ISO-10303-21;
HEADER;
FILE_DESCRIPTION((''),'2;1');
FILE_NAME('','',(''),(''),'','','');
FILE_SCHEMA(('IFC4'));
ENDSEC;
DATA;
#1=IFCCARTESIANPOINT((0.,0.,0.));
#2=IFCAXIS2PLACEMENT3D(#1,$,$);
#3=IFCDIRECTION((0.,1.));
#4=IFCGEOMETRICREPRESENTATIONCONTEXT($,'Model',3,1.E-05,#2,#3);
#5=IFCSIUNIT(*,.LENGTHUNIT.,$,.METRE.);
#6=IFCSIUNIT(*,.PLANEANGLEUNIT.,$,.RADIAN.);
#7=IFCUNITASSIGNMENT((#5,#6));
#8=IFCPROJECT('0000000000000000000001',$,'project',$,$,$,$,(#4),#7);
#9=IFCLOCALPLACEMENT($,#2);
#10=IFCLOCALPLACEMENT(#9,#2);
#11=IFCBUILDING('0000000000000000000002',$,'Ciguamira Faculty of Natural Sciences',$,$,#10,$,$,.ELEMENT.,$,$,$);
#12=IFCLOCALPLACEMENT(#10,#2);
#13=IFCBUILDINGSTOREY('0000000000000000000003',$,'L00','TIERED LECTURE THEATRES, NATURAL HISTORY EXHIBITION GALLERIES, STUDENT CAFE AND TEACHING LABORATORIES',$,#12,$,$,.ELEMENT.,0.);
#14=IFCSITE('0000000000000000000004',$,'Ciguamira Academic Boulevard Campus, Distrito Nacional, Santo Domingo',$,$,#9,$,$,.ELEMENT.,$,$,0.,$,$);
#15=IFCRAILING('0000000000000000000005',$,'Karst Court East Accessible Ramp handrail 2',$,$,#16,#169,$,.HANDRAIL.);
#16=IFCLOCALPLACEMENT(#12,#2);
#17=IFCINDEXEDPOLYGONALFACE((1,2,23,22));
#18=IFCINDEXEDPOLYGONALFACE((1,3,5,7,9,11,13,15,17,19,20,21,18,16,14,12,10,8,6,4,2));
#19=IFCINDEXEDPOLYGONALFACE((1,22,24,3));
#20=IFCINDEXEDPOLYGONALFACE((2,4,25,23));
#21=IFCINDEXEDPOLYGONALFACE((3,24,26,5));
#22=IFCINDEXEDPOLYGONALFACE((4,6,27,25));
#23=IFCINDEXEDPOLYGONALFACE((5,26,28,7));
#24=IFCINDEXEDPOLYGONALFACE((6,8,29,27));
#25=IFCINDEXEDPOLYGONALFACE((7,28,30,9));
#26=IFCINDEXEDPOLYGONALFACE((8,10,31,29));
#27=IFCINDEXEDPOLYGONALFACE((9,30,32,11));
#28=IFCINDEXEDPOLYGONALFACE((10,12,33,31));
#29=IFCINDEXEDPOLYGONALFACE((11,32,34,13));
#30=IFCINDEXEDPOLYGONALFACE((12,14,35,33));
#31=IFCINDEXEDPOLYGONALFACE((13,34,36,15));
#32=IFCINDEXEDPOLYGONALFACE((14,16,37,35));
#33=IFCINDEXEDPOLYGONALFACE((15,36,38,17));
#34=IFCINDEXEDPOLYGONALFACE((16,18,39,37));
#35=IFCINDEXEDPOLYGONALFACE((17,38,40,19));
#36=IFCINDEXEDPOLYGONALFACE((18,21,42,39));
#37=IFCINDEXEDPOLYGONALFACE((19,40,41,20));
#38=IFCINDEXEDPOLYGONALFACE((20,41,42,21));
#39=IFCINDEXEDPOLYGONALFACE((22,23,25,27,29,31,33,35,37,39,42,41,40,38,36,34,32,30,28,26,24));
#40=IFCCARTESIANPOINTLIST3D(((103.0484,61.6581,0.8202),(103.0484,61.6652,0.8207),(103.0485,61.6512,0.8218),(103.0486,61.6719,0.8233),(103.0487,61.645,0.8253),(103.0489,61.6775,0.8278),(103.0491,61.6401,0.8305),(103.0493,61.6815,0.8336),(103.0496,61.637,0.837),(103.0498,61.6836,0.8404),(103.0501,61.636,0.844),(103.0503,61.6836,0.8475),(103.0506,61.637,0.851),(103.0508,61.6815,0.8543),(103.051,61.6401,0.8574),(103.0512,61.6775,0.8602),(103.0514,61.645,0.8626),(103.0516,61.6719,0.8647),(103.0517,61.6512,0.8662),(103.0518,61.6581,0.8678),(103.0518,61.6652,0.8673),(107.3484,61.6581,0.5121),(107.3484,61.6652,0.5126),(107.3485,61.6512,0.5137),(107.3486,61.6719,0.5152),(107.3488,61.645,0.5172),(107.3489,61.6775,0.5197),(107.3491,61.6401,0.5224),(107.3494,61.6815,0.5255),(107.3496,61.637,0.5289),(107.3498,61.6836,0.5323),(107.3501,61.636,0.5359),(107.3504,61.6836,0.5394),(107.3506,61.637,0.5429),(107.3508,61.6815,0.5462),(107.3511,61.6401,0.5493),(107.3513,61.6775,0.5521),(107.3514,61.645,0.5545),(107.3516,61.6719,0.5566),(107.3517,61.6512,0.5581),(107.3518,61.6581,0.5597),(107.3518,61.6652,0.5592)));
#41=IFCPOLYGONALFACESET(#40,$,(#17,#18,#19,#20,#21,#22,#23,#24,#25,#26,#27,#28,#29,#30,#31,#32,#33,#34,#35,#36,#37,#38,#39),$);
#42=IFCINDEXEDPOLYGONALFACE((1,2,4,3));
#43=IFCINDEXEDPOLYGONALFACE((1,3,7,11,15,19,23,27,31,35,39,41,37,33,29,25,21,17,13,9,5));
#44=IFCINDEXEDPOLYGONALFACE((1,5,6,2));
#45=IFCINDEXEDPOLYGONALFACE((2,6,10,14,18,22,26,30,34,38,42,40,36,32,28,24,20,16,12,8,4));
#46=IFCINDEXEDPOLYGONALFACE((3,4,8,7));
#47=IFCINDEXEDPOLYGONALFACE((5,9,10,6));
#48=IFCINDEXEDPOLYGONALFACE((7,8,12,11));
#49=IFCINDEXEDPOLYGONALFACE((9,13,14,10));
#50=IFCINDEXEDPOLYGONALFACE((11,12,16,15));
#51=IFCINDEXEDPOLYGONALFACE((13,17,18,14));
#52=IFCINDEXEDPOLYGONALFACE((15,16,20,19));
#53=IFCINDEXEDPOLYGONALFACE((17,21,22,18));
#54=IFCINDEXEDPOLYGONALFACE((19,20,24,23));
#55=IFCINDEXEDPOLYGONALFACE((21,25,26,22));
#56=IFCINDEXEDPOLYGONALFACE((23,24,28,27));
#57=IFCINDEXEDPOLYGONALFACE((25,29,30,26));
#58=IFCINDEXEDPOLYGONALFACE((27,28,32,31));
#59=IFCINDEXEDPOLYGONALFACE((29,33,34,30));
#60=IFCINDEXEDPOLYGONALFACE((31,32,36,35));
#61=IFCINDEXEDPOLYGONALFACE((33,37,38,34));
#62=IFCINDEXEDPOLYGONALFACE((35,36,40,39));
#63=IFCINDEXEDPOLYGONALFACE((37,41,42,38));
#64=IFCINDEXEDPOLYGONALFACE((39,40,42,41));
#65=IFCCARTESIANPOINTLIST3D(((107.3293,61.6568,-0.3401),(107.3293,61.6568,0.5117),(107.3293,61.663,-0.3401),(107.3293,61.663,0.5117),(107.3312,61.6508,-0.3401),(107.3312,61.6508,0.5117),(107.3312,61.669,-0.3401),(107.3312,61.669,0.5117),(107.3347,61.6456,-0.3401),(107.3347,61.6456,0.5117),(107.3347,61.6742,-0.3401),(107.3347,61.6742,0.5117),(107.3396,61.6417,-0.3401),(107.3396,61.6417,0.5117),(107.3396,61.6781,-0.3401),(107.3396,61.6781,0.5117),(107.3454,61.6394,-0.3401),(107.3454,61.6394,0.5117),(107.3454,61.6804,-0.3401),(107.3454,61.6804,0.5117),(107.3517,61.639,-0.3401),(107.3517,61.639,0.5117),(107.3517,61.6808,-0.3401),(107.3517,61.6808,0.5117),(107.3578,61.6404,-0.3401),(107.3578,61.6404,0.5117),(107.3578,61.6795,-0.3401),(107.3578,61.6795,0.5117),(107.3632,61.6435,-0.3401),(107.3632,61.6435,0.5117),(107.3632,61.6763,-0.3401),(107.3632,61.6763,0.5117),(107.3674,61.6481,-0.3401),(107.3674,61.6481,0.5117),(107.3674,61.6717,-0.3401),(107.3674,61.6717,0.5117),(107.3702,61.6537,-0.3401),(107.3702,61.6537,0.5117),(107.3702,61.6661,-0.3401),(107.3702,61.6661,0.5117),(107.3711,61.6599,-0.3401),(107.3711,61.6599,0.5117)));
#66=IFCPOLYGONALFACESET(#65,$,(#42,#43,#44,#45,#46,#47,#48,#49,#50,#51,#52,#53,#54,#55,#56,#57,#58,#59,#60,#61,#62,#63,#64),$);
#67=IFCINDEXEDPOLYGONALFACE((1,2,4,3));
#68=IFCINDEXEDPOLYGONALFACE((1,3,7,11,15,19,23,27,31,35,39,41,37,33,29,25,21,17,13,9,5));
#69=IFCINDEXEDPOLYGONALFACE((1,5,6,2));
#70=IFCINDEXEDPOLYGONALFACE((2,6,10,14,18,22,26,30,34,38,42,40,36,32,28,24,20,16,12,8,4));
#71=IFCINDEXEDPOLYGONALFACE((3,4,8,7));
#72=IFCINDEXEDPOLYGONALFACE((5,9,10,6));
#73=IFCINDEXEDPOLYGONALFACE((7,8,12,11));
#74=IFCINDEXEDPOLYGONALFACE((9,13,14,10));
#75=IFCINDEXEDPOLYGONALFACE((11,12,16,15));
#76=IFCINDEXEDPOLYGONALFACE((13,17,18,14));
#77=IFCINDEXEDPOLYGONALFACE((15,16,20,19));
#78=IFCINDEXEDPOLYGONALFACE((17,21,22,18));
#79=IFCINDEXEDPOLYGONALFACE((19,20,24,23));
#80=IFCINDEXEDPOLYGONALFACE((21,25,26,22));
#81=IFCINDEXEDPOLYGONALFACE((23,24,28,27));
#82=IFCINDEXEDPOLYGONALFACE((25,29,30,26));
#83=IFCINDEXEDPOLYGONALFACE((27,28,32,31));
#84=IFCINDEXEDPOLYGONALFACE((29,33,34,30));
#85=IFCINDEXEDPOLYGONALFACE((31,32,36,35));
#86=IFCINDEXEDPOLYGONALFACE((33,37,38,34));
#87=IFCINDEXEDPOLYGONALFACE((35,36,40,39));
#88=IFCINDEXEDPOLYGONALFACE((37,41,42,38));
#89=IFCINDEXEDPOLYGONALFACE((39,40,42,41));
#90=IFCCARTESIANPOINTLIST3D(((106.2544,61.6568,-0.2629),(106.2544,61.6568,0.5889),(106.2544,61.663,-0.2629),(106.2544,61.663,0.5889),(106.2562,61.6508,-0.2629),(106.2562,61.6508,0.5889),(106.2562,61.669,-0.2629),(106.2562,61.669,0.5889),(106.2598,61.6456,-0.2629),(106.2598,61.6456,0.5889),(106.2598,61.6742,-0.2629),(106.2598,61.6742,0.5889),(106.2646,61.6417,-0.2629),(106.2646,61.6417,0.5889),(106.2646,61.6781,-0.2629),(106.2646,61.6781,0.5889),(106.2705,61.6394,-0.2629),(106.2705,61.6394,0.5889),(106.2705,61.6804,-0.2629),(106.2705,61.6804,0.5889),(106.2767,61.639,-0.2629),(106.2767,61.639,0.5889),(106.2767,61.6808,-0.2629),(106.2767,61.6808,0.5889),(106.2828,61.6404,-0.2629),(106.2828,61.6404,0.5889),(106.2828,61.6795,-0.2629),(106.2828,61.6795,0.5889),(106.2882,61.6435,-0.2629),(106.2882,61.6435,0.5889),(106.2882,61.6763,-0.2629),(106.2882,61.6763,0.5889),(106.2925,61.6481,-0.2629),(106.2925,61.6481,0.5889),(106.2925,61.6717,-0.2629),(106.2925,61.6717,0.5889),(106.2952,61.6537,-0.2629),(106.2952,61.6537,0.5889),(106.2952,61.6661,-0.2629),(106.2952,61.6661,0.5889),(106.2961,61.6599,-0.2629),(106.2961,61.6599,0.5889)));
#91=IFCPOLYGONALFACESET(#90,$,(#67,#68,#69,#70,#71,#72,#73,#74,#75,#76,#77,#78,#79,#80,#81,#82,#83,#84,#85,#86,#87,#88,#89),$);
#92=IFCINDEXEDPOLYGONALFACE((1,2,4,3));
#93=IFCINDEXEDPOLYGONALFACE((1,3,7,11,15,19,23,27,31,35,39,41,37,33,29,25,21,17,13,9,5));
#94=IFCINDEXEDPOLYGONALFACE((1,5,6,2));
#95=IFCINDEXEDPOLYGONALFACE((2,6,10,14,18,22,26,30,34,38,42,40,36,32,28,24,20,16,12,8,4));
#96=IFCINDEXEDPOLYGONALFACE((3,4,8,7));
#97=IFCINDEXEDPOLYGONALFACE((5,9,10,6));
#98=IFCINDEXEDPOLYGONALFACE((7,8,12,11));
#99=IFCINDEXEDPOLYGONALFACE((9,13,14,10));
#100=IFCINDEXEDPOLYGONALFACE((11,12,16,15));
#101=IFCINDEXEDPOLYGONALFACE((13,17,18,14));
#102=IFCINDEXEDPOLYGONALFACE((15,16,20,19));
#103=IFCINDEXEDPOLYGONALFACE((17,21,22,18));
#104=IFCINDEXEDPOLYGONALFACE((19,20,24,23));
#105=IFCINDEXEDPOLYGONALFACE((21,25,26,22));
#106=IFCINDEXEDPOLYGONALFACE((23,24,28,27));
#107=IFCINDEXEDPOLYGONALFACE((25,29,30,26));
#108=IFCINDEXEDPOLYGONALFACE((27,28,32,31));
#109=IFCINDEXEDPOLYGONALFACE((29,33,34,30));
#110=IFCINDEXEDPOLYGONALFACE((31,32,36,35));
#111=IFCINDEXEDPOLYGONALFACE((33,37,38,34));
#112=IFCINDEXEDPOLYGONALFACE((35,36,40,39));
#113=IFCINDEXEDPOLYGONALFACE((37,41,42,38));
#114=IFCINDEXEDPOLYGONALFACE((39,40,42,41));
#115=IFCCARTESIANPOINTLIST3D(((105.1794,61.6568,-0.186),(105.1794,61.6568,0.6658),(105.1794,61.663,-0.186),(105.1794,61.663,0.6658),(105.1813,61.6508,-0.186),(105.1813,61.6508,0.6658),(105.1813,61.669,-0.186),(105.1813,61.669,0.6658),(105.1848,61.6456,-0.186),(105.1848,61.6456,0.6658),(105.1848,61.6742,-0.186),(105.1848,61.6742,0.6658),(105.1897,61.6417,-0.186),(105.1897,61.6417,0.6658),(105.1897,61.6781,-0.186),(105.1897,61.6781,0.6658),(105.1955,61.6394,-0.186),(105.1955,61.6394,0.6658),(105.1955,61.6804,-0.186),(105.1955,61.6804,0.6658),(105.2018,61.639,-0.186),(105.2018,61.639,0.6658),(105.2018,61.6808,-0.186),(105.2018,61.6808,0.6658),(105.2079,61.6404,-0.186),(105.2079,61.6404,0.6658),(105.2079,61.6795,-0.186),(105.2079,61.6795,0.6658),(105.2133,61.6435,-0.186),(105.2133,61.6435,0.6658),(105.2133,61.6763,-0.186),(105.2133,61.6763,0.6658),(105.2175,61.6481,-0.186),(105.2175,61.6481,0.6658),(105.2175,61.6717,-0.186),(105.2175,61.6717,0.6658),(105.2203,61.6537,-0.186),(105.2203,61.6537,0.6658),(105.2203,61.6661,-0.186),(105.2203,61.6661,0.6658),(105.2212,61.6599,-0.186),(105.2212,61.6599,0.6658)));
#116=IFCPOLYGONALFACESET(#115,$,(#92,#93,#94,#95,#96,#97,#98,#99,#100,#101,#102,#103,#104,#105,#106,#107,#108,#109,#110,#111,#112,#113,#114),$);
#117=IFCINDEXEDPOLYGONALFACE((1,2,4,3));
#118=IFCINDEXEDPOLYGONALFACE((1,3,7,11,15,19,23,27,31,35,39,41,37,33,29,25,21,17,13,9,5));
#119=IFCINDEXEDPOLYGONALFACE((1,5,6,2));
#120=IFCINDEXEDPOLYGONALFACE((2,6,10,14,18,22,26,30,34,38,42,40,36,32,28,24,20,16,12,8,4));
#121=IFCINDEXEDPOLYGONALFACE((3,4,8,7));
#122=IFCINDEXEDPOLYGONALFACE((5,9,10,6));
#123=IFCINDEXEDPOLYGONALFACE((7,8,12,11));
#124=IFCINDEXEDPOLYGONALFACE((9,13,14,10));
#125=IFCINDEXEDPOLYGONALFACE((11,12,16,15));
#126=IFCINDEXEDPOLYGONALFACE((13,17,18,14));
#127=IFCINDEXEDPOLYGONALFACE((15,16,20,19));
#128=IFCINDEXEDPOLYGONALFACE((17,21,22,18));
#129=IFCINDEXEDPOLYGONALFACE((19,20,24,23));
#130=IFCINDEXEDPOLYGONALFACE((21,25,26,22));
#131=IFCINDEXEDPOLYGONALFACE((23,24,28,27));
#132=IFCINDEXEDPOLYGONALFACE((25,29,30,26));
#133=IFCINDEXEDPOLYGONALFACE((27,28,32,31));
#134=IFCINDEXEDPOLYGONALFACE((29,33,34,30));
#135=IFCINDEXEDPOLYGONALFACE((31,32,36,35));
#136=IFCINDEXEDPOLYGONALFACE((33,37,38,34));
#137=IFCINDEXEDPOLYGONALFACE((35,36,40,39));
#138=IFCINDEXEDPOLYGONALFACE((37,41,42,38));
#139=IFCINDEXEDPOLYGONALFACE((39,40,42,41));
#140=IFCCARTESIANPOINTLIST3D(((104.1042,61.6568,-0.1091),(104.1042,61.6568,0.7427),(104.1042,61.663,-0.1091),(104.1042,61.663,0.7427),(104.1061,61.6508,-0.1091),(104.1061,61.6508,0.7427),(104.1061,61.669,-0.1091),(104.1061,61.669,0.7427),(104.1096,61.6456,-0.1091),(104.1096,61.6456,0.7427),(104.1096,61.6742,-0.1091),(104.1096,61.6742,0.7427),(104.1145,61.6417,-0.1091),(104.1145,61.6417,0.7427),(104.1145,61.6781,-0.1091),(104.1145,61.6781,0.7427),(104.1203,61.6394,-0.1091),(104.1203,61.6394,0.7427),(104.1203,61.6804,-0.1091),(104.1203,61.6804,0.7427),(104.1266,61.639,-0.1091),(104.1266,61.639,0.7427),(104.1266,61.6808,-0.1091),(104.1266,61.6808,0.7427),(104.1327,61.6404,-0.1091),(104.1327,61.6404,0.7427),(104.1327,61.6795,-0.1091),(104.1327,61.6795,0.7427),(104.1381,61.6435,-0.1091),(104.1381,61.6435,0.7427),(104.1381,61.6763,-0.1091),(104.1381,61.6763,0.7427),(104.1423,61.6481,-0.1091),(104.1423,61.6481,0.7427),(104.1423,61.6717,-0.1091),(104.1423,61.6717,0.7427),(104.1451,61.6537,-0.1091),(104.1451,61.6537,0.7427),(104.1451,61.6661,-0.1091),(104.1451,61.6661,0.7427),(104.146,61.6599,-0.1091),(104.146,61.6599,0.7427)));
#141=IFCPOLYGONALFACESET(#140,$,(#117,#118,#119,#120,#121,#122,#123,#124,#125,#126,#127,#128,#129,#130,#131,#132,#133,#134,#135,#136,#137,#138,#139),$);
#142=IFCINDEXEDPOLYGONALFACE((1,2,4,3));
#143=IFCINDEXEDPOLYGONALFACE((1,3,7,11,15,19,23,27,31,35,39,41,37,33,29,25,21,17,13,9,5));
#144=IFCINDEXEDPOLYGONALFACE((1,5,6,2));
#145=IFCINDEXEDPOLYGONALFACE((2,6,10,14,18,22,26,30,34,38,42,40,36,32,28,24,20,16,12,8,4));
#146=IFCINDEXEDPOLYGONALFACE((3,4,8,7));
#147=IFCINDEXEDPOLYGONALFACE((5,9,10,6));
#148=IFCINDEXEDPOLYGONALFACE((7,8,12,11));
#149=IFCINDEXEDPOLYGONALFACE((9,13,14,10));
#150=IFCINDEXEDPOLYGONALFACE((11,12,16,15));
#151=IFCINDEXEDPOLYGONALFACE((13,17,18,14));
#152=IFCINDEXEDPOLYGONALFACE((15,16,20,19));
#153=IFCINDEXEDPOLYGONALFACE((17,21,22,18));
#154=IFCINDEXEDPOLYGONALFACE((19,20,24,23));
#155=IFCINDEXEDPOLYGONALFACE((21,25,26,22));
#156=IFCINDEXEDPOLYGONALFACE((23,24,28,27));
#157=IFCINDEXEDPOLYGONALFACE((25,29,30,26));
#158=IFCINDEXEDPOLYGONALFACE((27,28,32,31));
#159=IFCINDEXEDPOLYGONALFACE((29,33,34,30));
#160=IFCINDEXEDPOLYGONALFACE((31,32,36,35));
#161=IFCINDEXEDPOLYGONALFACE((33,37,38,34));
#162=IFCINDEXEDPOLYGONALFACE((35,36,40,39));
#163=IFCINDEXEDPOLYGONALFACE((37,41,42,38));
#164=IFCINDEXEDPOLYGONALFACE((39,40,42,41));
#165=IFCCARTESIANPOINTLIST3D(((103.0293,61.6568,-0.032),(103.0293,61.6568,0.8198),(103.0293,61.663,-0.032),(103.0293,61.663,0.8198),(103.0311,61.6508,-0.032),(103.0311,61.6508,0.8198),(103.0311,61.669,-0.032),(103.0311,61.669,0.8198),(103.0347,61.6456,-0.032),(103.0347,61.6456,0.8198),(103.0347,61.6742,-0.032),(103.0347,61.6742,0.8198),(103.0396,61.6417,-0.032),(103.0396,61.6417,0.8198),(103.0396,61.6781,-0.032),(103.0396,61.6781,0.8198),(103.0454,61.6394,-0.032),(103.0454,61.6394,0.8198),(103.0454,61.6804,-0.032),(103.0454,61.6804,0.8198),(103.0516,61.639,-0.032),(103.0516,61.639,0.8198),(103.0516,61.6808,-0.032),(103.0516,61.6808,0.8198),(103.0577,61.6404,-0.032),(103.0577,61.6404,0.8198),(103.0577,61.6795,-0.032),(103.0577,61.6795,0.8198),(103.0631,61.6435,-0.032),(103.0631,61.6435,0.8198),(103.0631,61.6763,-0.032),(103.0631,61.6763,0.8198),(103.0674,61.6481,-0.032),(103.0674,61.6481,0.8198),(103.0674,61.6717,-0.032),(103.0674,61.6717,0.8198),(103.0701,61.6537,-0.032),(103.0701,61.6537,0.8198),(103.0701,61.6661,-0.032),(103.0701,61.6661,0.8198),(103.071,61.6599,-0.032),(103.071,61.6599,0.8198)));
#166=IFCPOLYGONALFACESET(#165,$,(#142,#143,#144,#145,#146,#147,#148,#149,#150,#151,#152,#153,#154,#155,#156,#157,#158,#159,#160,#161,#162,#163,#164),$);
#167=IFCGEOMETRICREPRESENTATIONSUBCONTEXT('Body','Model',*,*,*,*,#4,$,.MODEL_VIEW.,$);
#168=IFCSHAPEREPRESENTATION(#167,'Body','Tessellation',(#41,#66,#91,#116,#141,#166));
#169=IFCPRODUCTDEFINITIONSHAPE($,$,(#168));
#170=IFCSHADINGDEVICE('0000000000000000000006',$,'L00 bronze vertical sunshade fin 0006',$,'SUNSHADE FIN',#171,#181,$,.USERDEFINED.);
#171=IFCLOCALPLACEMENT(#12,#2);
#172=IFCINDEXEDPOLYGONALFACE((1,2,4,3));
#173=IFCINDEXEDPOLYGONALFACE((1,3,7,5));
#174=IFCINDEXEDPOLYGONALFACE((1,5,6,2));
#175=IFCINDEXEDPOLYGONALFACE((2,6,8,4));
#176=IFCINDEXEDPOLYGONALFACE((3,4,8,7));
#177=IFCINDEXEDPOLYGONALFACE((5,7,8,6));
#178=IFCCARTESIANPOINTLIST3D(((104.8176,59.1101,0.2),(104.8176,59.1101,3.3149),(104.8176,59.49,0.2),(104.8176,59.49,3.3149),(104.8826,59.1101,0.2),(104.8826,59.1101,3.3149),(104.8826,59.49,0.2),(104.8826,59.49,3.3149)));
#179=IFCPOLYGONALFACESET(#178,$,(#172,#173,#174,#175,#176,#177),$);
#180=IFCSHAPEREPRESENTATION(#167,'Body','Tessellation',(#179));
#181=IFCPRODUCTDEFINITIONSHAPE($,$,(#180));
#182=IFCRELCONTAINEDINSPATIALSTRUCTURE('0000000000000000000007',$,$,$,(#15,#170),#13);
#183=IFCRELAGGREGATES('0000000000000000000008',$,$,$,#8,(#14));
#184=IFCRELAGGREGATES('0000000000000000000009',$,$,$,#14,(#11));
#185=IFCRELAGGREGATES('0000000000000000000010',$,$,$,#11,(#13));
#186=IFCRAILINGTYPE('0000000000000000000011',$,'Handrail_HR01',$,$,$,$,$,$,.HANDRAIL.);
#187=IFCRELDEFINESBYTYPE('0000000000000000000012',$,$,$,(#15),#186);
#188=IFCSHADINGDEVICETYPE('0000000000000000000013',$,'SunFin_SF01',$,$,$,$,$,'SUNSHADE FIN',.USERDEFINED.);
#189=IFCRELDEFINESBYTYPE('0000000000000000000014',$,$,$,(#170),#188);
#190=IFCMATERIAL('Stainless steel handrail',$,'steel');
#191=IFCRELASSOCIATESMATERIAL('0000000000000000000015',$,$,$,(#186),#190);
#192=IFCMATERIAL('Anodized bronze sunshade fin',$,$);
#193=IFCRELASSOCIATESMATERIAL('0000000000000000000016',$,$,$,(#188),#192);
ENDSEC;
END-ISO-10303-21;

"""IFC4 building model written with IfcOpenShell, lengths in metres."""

from ifc_helpers import new_model, si_unit, direction, frame, origin, origin_2d, place, context, subcontext, project, spatial, rectangle, circle, extrude, material, material_profile, profile_set, type_object, element, save


model = new_model("IFC4")

# Units and contexts
model_context = context("Model", 3, precision=1e-05, world=origin(), true_north=direction((0.0, 1.0)))
body_context = subcontext(model_context, "Body", "Model", "MODEL_VIEW")
ifc_project = project(units=[si_unit("LENGTHUNIT", "METRE"), si_unit("PLANEANGLEUNIT", "RADIAN")], contexts=[model_context])

# Site, building, storey
site_placement = place(None, origin())
site = spatial("IfcSite", under=ifc_project, at=site_placement, Name="Ciguamira Academic Boulevard Campus, Distrito Nacional, Santo Domingo", CompositionType="ELEMENT", RefElevation=0.0)
building_placement = place(site_placement, origin())
building = spatial("IfcBuilding", under=site, at=building_placement, Name="Ciguamira Faculty of Natural Sciences", CompositionType="ELEMENT")
storey_placement = place(building_placement, origin())
storey = spatial("IfcBuildingStorey", under=building, at=storey_placement, Name="L00", Description="TIERED LECTURE THEATRES, NATURAL HISTORY EXHIBITION GALLERIES, STUDENT CAFE AND TEACHING LABORATORIES", CompositionType="ELEMENT", Elevation=0.0)

# Railing
ifc_material_1 = material(Name="Stainless steel handrail", Category="steel")
railing_type = type_object("IfcRailingType", Name="Handrail_HR01", PredefinedType="HANDRAIL", material=ifc_material_1)
for number, where, name in (
    (1, (107.3501, 61.6599, -0.3401), "Karst Court East Accessible Ramp handrail 2"),
):
    element("IfcRailing", number, at=place(storey_placement, frame(where)), inside=storey, type_object=railing_type, Name=name, PredefinedType="HANDRAIL", context=body_context, shape_type="SweptSolid", body=[
        extrude(circle(Radius=0.0239, at=origin_2d()), frame((0.0, 0.0, 0.876), z_axis=(-0.997443, 0.0, 0.071468), x_axis=(0.0, -1.0, 0.0)), (0.0, 0.0, 1.0), 4.311),
        extrude(circle(Radius=0.021, at=origin_2d()), origin(), (0.0, 0.0, 1.0), 0.8518),
        extrude(circle(Radius=0.021, at=origin_2d()), frame((-1.075, 0.0, 0.0771)), (0.0, 0.0, 1.0), 0.8518),
        extrude(circle(Radius=0.021, at=origin_2d()), frame((-2.1499, 0.0, 0.1541)), (0.0, 0.0, 1.0), 0.8518),
        extrude(circle(Radius=0.021, at=origin_2d()), frame((-3.2251, 0.0, 0.231)), (0.0, 0.0, 1.0), 0.8518),
        extrude(circle(Radius=0.021, at=origin_2d()), frame((-4.3, 0.0, 0.3081)), (0.0, 0.0, 1.0), 0.8518),
    ])

# Shading device
ifc_material_2 = material(Name="Anodized bronze sunshade fin")
ifc_material_profile_1 = material_profile(ifc_material_2, rectangle(XDim=0.0649, YDim=0.3799, at=origin_2d()), Name="BRZ-FIN-65X380")
ifc_profile_set_1 = profile_set([ifc_material_profile_1], Name="Anodized bronze sunshade fin")
shading_device_type = type_object("IfcShadingDeviceType", Name="SunFin_SF01", ElementType="SUNSHADE FIN", PredefinedType="USERDEFINED", material=ifc_profile_set_1)
shading_device_placement = place(storey_placement, frame((104.8501, 59.3, 0.2), z_axis=(0.0, 0.0, 1.0), x_axis=(1.0, 0.0, 0.0)))
element("IfcShadingDevice", 2, at=shading_device_placement, inside=storey, type_object=shading_device_type, Name="L00 bronze vertical sunshade fin 0006", ObjectType="SUNSHADE FIN", PredefinedType="USERDEFINED", context=body_context, shape_type="SweptSolid", body=[
    extrude(rectangle(XDim=0.0649, YDim=0.3799, at=origin_2d()), origin(), (0.0, 0.0, 1.0), 3.115),
])

save(model, "model.ifc")
